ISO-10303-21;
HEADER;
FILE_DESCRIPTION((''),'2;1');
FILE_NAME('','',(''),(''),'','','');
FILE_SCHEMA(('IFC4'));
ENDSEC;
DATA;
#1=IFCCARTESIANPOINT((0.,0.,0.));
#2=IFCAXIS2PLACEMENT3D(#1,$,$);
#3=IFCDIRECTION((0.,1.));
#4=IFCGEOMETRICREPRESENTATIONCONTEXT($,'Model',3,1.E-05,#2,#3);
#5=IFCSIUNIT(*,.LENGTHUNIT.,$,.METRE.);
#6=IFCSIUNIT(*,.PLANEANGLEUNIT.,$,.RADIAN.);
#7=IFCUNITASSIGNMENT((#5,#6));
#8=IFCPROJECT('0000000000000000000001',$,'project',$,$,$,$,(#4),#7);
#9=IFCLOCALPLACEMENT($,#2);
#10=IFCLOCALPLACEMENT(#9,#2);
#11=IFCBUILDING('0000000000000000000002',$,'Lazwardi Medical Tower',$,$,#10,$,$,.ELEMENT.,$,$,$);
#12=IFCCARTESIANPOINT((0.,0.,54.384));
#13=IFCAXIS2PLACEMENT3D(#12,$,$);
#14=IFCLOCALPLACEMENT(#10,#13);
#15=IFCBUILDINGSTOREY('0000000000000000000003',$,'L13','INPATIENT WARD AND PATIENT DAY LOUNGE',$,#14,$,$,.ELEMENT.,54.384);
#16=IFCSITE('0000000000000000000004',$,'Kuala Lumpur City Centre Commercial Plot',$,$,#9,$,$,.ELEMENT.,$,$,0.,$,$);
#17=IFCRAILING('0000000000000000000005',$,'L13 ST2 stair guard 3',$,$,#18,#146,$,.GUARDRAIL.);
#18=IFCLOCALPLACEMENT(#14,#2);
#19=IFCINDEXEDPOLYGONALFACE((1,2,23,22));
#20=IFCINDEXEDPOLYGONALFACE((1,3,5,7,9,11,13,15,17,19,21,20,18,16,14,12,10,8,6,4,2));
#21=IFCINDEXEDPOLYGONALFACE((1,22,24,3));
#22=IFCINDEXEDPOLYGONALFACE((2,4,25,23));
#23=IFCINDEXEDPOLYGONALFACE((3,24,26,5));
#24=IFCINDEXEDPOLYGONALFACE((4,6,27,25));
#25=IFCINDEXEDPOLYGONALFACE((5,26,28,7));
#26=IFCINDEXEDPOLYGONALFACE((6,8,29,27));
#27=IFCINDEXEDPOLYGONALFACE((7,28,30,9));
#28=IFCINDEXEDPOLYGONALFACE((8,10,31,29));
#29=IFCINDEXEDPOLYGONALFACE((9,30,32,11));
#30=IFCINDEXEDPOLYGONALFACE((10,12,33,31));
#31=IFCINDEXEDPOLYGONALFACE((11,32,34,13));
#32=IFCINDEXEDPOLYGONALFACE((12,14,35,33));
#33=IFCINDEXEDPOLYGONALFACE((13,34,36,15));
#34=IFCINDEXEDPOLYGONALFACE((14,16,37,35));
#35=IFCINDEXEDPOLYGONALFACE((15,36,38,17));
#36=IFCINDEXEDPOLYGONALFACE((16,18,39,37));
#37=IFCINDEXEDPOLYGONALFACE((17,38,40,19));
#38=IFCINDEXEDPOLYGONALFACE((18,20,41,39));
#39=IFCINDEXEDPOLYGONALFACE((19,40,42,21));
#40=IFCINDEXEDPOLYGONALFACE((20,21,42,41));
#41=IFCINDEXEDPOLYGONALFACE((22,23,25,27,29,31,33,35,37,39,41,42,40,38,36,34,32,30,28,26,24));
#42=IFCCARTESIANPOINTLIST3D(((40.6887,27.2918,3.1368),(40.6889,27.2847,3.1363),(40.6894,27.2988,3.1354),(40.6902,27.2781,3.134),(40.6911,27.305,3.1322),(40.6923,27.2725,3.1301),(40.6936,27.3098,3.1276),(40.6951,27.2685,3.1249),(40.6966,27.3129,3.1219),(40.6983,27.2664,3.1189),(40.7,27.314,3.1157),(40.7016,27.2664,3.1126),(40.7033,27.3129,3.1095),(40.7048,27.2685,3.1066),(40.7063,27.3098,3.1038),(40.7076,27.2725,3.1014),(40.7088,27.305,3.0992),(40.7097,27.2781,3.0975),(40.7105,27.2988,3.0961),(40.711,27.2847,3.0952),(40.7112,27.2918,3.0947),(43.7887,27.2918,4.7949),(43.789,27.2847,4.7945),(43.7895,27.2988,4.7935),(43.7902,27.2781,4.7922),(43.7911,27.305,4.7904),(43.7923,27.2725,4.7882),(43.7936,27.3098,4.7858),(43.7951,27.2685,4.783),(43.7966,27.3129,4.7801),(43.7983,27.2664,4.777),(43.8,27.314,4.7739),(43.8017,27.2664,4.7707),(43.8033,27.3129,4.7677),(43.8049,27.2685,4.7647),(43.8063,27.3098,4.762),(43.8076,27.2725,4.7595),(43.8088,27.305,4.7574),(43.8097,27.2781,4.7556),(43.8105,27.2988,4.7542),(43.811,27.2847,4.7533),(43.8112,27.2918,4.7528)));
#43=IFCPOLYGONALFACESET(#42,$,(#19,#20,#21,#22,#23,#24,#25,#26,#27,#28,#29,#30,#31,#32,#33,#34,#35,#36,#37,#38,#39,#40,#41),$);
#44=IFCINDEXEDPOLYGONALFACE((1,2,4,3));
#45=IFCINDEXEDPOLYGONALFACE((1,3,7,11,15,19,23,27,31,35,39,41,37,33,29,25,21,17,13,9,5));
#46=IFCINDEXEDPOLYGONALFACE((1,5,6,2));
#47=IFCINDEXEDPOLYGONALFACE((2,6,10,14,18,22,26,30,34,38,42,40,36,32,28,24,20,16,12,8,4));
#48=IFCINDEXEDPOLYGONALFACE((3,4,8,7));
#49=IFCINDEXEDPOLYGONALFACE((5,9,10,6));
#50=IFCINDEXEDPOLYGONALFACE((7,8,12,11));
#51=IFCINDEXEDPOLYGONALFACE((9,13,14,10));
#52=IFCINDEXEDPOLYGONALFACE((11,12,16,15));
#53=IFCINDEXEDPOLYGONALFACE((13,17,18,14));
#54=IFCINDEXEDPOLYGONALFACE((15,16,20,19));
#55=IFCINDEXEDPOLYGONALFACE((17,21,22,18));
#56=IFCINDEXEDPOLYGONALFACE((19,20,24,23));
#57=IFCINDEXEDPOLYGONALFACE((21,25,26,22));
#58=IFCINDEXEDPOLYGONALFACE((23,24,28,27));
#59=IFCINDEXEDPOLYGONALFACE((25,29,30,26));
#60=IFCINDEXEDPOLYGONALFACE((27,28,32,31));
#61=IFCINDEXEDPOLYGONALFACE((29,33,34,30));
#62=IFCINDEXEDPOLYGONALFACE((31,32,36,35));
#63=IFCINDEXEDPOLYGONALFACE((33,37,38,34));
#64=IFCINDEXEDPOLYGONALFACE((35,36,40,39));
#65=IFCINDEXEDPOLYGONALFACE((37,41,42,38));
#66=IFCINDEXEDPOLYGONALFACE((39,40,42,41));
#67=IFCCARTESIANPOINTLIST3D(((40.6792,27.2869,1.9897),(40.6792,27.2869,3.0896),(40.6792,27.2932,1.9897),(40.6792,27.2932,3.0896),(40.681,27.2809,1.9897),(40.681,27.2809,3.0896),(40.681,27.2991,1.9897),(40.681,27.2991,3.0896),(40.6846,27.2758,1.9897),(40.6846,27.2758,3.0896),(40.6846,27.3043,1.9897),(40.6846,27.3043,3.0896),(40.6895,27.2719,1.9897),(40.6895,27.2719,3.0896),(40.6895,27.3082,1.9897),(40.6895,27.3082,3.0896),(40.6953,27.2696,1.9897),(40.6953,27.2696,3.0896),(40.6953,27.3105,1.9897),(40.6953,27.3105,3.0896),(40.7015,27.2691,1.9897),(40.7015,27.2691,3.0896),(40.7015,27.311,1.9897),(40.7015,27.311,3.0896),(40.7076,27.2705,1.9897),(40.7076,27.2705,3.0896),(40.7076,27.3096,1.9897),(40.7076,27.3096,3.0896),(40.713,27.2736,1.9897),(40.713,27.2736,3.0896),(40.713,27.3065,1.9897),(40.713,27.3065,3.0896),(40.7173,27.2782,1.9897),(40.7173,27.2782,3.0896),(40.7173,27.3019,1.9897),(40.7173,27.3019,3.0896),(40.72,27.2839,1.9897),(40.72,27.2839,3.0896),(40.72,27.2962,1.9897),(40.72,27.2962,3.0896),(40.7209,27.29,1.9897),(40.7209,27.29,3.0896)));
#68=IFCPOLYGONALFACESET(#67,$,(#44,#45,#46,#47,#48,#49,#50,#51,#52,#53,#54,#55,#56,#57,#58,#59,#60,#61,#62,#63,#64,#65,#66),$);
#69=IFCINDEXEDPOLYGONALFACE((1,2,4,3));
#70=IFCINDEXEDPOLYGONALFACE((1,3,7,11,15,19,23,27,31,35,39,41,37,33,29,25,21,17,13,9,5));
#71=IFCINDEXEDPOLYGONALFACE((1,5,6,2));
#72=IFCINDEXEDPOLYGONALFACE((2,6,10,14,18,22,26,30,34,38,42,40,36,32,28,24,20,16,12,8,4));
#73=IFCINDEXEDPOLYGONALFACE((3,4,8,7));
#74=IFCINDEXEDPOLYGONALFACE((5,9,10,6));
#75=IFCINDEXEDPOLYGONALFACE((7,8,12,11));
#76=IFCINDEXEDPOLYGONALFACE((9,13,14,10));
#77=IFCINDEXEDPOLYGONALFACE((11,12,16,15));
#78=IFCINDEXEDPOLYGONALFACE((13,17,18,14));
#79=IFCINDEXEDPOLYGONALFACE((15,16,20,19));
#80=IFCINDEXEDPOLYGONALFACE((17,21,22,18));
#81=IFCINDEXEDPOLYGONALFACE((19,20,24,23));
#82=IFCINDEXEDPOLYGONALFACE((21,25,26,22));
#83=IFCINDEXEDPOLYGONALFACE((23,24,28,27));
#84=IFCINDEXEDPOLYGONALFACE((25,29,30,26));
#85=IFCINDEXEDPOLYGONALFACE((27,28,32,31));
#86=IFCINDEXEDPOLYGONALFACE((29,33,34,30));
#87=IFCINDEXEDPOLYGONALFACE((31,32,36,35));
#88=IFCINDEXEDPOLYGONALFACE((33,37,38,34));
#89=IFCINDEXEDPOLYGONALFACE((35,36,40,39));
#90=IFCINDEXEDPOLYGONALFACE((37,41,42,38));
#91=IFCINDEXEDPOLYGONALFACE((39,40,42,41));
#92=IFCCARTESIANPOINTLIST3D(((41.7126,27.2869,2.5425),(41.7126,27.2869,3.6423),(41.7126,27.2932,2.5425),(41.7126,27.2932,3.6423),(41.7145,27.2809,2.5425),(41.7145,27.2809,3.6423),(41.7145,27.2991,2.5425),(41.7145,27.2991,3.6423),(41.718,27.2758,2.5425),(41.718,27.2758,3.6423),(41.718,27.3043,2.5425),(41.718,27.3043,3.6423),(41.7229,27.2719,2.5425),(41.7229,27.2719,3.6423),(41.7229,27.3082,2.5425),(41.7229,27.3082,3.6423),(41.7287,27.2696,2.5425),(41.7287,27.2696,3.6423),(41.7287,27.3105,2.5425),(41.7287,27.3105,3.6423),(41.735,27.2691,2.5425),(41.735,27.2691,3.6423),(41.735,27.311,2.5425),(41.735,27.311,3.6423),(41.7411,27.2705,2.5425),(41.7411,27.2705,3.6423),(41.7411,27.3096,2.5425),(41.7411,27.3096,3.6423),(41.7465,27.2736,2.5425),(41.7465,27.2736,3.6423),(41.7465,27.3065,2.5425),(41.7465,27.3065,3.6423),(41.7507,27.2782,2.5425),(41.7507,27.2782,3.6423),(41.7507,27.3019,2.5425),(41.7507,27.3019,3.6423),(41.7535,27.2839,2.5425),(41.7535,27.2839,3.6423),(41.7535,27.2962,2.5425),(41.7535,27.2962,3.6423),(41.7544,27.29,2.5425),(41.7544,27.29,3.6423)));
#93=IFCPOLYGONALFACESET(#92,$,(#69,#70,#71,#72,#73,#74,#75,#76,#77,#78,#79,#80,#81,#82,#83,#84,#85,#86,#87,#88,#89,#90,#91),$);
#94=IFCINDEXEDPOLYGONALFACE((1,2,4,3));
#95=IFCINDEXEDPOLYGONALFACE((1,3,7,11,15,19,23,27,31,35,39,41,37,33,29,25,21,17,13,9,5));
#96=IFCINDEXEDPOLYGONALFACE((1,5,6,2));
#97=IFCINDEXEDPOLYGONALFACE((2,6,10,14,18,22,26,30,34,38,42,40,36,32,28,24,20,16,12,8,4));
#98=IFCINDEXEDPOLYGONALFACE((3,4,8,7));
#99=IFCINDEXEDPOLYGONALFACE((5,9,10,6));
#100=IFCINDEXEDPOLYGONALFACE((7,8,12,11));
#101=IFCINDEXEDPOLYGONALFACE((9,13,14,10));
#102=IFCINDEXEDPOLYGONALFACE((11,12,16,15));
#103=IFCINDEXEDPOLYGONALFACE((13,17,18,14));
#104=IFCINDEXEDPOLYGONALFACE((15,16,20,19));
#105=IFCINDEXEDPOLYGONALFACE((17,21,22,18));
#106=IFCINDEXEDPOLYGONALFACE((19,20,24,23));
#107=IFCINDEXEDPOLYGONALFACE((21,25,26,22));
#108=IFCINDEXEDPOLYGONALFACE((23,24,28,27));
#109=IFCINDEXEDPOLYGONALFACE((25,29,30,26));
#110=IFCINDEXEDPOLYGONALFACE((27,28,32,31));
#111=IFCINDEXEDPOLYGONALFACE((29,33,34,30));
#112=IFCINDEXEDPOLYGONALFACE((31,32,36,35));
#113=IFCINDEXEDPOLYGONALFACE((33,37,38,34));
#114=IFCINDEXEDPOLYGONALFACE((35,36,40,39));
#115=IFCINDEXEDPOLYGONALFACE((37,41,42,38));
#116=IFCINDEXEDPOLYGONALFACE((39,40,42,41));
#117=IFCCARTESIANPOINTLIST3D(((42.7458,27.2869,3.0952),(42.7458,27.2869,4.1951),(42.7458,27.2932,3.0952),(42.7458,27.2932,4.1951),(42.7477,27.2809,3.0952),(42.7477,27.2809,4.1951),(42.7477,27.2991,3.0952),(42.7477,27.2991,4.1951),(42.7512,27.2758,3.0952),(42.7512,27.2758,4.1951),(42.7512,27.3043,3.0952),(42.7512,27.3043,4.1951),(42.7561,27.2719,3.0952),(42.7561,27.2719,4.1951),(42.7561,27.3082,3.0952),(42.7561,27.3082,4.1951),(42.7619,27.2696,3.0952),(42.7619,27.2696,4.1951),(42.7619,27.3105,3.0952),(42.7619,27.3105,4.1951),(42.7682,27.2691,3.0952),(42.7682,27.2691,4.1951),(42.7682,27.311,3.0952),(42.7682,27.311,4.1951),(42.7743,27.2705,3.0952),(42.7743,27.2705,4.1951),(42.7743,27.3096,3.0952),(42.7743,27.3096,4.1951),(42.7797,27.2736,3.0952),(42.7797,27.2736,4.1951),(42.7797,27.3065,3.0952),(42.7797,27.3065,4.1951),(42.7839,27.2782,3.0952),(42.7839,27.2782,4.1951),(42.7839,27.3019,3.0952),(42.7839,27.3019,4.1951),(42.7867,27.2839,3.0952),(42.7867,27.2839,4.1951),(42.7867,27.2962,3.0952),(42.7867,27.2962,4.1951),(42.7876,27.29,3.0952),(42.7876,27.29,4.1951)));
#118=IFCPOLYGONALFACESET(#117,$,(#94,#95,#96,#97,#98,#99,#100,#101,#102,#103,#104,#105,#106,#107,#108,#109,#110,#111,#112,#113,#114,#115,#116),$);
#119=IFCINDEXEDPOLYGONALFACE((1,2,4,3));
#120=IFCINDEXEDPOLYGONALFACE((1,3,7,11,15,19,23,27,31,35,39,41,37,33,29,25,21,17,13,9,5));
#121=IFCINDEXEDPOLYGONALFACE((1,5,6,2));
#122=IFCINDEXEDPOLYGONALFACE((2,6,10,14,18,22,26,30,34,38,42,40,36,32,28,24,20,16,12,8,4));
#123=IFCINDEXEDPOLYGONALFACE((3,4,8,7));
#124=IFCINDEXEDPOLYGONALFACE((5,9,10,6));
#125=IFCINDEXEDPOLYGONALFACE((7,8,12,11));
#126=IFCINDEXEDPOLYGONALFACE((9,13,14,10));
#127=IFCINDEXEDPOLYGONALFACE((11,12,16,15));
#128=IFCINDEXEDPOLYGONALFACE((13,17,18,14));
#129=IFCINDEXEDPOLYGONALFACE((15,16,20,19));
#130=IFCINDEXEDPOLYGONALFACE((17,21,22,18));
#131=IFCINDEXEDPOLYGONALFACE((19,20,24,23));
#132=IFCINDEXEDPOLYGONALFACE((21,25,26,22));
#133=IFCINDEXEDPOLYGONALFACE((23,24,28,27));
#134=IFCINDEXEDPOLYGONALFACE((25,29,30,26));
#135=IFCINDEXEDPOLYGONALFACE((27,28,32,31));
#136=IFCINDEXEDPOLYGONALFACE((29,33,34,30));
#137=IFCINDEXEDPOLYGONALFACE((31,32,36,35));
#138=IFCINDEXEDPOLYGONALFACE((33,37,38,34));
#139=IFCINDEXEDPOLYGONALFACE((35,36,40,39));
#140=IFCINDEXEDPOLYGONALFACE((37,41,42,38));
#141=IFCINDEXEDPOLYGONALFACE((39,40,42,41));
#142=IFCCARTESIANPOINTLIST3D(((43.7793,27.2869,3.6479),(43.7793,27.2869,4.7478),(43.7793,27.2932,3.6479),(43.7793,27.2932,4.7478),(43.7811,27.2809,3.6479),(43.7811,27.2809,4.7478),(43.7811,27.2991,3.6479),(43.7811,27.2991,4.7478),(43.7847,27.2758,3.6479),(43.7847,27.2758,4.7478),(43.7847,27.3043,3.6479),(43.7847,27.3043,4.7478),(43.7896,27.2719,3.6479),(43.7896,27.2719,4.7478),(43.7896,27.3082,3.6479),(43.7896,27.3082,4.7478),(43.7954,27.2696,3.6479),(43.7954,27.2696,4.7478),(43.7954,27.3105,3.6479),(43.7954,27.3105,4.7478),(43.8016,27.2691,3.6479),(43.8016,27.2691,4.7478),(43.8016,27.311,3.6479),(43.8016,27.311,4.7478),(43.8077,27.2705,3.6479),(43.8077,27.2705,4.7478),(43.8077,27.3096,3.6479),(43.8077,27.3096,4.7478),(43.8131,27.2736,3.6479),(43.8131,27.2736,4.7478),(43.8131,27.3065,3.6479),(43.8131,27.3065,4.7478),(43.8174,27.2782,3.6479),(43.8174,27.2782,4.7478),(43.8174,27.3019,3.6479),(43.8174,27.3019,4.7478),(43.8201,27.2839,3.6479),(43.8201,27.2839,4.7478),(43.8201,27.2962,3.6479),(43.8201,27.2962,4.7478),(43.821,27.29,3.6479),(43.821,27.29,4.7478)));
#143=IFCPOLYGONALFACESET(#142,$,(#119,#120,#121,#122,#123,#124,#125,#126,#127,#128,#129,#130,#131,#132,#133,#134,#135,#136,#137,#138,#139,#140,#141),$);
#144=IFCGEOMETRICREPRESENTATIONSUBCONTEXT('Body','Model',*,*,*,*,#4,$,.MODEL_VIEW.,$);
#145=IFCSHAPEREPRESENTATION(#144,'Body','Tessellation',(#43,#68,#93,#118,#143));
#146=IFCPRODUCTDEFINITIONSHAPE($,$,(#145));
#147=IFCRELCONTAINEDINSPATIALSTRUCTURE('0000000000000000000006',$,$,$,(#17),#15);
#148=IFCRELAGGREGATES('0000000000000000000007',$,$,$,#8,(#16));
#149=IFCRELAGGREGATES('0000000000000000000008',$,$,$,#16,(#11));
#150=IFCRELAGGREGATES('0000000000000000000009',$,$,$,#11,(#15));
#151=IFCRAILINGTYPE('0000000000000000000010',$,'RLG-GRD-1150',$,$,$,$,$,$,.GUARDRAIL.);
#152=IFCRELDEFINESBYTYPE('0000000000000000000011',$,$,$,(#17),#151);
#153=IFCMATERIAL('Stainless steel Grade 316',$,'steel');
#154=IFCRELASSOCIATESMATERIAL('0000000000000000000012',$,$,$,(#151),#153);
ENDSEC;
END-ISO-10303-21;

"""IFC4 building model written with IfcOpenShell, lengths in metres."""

from ifc_helpers import new_model, si_unit, direction, frame, origin, origin_2d, place, context, subcontext, project, spatial, circle, extrude, material, type_object, element, save


model = new_model("IFC4")

# Units and contexts
model_context = context("Model", 3, precision=1e-05, world=origin(), true_north=direction((0.0, 1.0)))
body_context = subcontext(model_context, "Body", "Model", "MODEL_VIEW")
ifc_project = project(units=[si_unit("LENGTHUNIT", "METRE"), si_unit("PLANEANGLEUNIT", "RADIAN")], contexts=[model_context])

# Site, building, storey
site_placement = place(None, origin())
site = spatial("IfcSite", under=ifc_project, at=site_placement, Name="Kuala Lumpur City Centre Commercial Plot", CompositionType="ELEMENT", RefElevation=0.0)
building_placement = place(site_placement, origin())
building = spatial("IfcBuilding", under=site, at=building_placement, Name="Lazwardi Medical Tower", CompositionType="ELEMENT")
storey_placement = place(building_placement, frame((0.0, 0.0, 54.384)))
storey = spatial("IfcBuildingStorey", under=building, at=storey_placement, Name="L13", Description="INPATIENT WARD AND PATIENT DAY LOUNGE", CompositionType="ELEMENT", Elevation=54.384)

# Railing
ifc_material_1 = material(Name="Stainless steel Grade 316", Category="steel")
railing_type_1 = type_object("IfcRailingType", Name="RLG-GRD-1150", PredefinedType="GUARDRAIL", material=ifc_material_1)
railing_1_placement = place(storey_placement, frame((40.7, 27.29, 1.9897)))
element("IfcRailing", 1, at=railing_1_placement, inside=storey, type_object=railing_type_1, Name="L13 ST2 stair guard 3", PredefinedType="GUARDRAIL", context=body_context, shape_type="SweptSolid", body=[
    extrude(circle(Radius=0.0239, at=origin_2d()), frame((0.0, 0.0, 1.126), z_axis=(0.881783, 0.0, 0.471655), x_axis=(0.0, 1.0, 0.0)), (0.0, 0.0, 1.0), 3.5156),
    extrude(circle(Radius=0.021, at=origin_2d()), origin(), (0.0, 0.0, 1.0), 1.0999),
    extrude(circle(Radius=0.021, at=origin_2d()), frame((1.0334, 0.0, 0.5527)), (0.0, 0.0, 1.0), 1.0999),
    extrude(circle(Radius=0.021, at=origin_2d()), frame((2.0667, 0.0, 1.1055)), (0.0, 0.0, 1.0), 1.0999),
    extrude(circle(Radius=0.021, at=origin_2d()), frame((3.1001, 0.0, 1.6582)), (0.0, 0.0, 1.0), 1.0999),
])

save(model, "model.ifc")
